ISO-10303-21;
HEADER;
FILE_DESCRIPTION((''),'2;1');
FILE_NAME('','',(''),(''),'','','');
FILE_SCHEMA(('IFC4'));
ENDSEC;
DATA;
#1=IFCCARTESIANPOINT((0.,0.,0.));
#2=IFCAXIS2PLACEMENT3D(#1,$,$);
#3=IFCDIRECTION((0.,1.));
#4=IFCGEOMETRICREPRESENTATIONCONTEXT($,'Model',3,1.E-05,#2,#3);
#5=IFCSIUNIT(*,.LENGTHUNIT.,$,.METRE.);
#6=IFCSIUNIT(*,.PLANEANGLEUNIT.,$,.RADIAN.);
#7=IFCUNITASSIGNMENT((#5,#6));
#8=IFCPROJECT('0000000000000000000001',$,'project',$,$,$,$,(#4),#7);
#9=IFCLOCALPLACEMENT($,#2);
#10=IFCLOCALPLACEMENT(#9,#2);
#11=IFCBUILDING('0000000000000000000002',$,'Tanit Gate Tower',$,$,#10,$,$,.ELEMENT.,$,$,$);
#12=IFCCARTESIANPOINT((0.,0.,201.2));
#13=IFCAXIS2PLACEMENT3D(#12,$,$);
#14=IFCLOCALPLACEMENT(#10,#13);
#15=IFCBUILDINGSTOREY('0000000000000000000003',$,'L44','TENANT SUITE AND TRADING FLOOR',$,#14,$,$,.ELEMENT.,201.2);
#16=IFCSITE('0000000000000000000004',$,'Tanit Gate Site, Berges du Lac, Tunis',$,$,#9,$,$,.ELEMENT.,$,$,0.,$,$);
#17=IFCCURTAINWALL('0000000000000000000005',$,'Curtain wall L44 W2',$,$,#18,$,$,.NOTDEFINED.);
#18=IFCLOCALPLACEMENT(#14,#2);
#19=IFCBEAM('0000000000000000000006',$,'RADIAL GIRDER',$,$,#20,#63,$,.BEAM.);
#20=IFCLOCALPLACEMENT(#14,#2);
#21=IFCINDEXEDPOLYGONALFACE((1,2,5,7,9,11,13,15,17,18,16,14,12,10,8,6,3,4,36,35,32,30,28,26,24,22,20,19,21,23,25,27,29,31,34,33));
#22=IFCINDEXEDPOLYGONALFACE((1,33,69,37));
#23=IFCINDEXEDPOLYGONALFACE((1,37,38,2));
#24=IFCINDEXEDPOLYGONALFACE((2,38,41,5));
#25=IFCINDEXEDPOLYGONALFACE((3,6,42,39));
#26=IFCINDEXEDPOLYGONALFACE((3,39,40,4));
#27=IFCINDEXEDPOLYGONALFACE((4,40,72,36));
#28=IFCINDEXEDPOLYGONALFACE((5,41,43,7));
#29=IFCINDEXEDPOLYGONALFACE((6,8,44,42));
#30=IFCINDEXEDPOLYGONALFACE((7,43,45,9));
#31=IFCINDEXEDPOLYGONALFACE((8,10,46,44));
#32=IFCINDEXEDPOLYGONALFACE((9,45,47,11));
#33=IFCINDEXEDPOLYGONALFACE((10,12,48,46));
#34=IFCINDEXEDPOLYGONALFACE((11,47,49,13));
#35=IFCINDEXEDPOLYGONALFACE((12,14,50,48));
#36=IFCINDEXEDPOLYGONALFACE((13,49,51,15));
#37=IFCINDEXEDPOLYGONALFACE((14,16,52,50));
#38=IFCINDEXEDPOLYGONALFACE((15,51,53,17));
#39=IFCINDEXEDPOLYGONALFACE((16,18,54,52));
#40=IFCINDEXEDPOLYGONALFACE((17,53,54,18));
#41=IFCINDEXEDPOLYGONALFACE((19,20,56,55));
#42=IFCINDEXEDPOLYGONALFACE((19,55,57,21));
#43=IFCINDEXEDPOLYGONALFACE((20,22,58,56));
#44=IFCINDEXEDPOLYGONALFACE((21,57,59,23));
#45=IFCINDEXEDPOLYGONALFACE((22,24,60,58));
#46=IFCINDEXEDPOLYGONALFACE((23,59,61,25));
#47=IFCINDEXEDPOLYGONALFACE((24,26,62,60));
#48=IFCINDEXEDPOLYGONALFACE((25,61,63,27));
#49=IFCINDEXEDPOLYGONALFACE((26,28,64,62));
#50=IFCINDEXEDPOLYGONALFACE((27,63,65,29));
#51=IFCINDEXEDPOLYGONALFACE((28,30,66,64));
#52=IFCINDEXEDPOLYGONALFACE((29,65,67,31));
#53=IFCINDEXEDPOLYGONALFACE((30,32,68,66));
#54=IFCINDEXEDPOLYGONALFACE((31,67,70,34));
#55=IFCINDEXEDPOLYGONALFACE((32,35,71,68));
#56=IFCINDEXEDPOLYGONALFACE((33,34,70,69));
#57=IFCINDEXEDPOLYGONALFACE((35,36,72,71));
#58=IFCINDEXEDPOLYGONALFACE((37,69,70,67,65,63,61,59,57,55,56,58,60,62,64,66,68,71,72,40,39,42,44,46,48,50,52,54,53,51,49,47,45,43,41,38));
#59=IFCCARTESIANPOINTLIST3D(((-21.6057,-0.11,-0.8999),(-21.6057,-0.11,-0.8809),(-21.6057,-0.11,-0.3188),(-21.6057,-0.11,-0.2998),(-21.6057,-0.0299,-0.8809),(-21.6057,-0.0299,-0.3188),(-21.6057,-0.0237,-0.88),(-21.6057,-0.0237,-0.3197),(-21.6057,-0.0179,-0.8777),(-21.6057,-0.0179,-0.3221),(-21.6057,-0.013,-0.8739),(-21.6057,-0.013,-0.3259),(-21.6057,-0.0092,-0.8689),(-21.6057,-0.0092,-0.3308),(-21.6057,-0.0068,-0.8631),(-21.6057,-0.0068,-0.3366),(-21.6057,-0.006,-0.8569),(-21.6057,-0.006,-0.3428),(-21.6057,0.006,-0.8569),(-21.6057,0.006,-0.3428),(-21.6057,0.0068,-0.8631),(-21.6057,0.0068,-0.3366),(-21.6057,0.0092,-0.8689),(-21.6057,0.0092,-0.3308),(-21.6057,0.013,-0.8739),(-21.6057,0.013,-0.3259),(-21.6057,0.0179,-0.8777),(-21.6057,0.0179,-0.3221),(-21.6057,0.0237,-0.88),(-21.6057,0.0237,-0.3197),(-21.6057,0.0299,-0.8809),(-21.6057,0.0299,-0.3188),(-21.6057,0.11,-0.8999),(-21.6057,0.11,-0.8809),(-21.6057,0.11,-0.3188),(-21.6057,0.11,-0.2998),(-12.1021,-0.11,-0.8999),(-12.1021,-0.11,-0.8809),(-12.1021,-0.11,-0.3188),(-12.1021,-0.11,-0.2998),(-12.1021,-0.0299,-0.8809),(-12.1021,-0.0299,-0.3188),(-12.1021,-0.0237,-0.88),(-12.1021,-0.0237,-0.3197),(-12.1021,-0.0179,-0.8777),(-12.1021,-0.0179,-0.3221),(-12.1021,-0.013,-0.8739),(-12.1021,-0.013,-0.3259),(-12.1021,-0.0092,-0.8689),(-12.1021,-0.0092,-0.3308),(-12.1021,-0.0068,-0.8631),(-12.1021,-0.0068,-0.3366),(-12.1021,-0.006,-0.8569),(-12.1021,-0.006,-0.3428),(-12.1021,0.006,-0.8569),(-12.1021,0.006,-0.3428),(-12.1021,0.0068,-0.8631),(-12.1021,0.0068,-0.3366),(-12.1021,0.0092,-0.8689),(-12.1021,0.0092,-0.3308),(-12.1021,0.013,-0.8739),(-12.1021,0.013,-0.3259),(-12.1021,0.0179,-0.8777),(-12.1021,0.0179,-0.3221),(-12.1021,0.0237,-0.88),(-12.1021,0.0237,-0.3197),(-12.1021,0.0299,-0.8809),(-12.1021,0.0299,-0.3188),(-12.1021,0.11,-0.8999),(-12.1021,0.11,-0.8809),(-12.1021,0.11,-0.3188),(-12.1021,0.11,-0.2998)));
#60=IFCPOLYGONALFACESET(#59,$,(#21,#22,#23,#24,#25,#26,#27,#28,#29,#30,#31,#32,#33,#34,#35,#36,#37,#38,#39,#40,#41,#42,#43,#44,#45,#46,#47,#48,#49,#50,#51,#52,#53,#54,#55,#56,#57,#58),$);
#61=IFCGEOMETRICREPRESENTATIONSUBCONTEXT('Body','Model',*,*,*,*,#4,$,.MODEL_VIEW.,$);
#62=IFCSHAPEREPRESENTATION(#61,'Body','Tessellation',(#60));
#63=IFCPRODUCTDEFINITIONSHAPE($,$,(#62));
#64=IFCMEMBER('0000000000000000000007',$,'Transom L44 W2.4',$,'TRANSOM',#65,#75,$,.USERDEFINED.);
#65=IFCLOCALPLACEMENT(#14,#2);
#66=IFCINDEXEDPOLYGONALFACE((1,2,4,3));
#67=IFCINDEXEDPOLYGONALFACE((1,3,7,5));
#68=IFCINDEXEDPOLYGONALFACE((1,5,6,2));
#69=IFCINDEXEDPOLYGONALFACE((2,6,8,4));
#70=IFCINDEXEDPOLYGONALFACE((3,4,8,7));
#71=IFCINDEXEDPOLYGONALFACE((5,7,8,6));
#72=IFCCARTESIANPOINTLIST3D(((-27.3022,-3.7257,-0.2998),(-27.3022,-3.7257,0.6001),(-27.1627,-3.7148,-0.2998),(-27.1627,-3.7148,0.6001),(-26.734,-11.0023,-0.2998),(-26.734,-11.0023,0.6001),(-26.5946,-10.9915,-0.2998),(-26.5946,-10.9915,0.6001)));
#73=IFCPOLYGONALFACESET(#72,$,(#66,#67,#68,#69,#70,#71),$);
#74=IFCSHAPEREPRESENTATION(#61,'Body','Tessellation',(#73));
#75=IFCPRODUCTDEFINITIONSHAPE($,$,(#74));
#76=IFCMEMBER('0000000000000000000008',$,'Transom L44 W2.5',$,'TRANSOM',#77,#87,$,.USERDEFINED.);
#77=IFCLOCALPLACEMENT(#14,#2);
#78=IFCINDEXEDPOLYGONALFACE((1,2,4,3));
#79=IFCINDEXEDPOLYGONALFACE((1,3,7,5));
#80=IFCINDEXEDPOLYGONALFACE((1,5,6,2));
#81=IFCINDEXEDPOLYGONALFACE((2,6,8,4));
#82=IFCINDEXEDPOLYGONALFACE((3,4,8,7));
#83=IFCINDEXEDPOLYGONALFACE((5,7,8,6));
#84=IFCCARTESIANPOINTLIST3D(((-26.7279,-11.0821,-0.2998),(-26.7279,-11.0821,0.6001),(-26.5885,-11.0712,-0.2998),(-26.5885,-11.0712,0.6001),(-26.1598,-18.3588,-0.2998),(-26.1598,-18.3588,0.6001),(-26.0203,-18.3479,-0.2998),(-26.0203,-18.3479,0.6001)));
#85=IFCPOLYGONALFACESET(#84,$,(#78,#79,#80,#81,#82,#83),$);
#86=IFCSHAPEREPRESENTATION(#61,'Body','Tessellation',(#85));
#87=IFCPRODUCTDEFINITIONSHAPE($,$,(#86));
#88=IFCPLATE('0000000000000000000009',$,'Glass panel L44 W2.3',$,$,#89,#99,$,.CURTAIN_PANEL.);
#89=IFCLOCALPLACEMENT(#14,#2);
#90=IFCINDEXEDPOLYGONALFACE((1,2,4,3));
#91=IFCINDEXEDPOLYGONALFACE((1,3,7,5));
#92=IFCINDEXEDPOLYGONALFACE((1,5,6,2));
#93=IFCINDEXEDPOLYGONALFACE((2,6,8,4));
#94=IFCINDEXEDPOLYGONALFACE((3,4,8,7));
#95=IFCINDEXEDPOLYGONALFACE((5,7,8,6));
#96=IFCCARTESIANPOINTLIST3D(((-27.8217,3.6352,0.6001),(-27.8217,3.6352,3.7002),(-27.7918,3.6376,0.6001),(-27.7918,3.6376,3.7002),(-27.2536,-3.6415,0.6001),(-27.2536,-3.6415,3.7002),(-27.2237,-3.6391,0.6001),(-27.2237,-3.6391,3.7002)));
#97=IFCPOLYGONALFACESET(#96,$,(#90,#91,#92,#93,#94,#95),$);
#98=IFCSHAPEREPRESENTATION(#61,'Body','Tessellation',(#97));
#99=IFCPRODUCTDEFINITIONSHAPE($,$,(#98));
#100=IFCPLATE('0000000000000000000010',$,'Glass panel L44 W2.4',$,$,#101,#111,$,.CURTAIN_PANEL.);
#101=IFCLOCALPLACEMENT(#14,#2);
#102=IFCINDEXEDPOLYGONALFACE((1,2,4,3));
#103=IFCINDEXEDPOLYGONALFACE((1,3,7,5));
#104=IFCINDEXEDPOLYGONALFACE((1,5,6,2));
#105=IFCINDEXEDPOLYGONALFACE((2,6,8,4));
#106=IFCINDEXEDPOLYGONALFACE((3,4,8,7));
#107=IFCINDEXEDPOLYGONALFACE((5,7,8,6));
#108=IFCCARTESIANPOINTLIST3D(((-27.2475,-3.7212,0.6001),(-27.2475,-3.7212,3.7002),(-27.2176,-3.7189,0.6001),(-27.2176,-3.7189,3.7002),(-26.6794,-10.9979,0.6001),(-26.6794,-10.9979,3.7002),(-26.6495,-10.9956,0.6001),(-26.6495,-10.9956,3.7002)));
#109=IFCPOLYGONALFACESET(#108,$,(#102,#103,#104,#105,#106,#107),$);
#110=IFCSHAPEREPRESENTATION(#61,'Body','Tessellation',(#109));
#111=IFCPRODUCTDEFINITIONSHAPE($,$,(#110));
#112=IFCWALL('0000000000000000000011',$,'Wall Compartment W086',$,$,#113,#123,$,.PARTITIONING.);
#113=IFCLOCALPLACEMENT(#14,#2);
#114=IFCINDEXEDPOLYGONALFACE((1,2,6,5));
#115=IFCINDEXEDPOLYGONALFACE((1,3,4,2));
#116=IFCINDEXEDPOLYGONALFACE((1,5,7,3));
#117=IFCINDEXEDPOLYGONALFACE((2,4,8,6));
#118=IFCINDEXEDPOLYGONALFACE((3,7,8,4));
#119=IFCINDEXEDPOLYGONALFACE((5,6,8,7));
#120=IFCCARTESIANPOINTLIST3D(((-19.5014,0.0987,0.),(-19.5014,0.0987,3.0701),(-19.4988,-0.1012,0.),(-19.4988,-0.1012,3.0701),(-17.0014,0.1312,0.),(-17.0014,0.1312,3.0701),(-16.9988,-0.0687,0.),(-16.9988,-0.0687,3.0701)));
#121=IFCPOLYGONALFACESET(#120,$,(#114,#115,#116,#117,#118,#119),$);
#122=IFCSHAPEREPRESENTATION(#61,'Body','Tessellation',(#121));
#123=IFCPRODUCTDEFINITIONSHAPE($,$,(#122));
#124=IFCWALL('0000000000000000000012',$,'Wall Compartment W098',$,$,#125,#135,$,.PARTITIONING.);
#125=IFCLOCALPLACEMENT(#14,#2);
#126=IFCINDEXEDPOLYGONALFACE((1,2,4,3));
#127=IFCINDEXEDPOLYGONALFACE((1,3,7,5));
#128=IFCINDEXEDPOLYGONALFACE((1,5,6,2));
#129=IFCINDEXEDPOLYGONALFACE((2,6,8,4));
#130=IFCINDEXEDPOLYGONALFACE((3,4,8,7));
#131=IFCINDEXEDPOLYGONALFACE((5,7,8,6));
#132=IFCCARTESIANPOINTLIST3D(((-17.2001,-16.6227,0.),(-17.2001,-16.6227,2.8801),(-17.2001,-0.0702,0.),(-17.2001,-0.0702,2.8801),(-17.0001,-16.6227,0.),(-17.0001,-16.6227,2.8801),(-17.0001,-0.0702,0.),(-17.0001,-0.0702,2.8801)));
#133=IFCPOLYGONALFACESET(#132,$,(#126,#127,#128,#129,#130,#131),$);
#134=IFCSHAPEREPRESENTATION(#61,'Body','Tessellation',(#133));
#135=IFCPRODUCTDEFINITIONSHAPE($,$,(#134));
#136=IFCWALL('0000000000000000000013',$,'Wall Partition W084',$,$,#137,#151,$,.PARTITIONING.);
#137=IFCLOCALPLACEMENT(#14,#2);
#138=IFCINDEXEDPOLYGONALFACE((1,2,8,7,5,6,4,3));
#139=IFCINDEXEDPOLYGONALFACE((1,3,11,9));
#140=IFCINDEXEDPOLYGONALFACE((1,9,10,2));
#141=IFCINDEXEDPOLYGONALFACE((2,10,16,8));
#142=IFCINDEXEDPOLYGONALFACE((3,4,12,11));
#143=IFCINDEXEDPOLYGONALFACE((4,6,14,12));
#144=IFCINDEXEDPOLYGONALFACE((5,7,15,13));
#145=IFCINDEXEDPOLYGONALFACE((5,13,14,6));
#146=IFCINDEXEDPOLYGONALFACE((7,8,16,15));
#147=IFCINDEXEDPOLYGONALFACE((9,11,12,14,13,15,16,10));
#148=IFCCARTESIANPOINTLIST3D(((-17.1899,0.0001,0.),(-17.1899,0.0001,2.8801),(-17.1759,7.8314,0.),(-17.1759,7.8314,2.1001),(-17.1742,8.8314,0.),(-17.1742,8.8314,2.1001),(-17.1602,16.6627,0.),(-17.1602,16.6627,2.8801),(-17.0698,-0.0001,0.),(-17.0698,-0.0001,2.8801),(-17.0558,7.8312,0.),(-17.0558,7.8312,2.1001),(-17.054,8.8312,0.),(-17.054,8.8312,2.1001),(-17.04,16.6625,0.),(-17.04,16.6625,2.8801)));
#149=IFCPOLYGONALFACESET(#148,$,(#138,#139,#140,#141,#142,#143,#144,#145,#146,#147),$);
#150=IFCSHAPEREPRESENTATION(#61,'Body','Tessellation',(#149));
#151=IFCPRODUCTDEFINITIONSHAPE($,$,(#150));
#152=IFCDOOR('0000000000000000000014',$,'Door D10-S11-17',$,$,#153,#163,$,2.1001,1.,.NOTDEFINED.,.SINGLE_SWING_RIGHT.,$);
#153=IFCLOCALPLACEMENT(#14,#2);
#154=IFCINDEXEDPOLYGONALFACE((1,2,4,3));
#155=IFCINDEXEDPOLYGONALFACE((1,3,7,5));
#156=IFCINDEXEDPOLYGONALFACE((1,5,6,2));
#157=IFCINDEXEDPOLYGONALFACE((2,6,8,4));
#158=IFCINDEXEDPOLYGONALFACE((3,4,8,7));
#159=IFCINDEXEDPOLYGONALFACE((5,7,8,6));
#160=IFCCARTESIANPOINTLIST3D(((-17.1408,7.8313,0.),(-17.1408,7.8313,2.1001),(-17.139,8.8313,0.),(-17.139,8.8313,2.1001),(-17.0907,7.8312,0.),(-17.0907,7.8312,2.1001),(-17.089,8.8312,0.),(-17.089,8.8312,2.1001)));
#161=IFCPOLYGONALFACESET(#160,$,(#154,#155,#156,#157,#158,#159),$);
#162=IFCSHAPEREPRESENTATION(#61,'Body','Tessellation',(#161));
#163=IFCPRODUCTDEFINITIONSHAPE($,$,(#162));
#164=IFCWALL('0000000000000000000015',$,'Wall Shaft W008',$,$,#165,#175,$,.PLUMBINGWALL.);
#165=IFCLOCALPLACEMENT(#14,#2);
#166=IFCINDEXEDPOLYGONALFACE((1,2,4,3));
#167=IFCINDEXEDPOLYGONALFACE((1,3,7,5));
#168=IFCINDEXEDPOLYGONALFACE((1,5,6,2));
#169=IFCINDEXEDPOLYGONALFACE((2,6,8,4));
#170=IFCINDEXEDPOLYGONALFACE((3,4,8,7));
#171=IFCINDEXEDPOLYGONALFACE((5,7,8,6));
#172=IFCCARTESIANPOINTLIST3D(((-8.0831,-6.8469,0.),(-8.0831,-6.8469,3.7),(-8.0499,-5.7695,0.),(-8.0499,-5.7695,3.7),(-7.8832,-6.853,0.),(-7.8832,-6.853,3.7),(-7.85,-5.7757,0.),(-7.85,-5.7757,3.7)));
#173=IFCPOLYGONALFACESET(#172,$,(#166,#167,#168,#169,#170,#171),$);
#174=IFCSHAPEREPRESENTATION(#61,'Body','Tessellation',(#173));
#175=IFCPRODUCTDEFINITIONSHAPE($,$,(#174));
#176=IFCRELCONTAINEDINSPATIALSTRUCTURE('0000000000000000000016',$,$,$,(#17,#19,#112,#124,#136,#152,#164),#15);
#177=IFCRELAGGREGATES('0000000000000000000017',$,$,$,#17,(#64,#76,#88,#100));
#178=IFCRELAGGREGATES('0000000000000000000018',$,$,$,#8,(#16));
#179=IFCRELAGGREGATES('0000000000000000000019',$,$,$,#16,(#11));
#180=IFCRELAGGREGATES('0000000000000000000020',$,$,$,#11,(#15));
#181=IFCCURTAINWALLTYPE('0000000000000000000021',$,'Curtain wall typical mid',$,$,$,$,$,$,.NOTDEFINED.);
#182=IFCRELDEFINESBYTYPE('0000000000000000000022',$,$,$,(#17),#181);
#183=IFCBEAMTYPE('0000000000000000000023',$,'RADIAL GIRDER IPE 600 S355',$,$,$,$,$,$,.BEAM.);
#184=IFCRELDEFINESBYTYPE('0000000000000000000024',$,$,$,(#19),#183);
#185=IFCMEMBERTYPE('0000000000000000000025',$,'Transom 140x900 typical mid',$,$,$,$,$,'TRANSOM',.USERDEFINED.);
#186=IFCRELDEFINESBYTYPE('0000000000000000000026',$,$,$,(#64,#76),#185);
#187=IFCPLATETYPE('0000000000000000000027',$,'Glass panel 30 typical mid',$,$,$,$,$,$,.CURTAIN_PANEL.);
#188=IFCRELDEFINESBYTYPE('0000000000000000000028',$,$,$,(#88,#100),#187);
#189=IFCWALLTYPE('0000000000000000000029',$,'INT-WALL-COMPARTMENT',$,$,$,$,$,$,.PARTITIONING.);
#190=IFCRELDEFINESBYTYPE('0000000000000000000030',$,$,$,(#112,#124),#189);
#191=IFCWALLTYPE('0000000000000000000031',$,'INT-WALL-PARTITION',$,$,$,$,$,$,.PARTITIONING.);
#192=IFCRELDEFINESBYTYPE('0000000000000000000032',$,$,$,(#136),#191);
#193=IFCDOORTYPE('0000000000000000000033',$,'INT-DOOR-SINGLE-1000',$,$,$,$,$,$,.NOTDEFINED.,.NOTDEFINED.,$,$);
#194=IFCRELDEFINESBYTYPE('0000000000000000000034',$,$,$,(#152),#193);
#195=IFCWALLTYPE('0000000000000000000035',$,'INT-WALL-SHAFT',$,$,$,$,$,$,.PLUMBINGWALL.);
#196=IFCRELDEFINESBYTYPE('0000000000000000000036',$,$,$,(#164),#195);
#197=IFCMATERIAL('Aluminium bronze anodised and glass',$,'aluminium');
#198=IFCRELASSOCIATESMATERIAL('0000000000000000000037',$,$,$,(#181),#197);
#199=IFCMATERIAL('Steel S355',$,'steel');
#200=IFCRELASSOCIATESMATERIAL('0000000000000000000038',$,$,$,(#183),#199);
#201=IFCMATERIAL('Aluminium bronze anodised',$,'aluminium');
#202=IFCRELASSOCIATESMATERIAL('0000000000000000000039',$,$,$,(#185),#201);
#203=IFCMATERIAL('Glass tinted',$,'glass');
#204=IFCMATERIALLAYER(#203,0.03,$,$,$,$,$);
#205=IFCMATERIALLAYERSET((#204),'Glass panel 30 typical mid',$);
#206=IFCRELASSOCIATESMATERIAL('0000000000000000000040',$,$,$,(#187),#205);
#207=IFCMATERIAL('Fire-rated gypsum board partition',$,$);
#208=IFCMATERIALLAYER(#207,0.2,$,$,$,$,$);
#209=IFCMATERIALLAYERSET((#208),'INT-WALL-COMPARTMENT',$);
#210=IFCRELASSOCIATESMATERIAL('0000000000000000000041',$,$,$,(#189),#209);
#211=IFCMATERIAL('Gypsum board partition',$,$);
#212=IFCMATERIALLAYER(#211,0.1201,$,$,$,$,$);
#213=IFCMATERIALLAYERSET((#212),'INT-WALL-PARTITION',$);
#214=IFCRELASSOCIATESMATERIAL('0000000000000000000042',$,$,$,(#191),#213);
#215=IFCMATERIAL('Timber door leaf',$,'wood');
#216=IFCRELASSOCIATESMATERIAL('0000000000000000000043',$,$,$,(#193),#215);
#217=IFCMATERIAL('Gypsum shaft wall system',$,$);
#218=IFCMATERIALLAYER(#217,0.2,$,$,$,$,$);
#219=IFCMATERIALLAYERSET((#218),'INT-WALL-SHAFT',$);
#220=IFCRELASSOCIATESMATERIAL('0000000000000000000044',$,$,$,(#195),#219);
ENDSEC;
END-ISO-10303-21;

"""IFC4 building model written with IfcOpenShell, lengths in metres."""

from ifc_helpers import new_model, si_unit, direction, frame, frame_2d, origin, origin_2d, place, context, subcontext, project, spatial, rectangle, i_section, extrude, material, layer, layer_set, material_profile, profile_set, type_object, element, fill, aggregate, save


model = new_model("IFC4")

# Units and contexts
model_context = context("Model", 3, precision=1e-05, world=origin(), true_north=direction((0.0, 1.0)))
body_context = subcontext(model_context, "Body", "Model", "MODEL_VIEW")
ifc_project = project(units=[si_unit("LENGTHUNIT", "METRE"), si_unit("PLANEANGLEUNIT", "RADIAN")], contexts=[model_context])

# Site, building, storey
site_placement = place(None, origin())
site = spatial("IfcSite", under=ifc_project, at=site_placement, Name="Tanit Gate Site, Berges du Lac, Tunis", CompositionType="ELEMENT", RefElevation=0.0)
building_placement = place(site_placement, origin())
building = spatial("IfcBuilding", under=site, at=building_placement, Name="Tanit Gate Tower", CompositionType="ELEMENT")
storey_placement = place(building_placement, frame((0.0, 0.0, 201.2)))
storey = spatial("IfcBuildingStorey", under=building, at=storey_placement, Name="L44", Description="TENANT SUITE AND TRADING FLOOR", CompositionType="ELEMENT", Elevation=201.2)

# Curtain wall
ifc_material_1 = material(Name="Aluminium bronze anodised and glass", Category="aluminium")
curtain_wall_type = type_object("IfcCurtainWallType", Name="Curtain wall typical mid", PredefinedType="NOTDEFINED", material=ifc_material_1)
curtain_wall_placement = place(storey_placement, origin())
curtain_wall = element("IfcCurtainWall", 1, at=curtain_wall_placement, inside=storey, type_object=curtain_wall_type, Name="Curtain wall L44 W2", PredefinedType="NOTDEFINED")

# Beam
ifc_material_2 = material(Name="Steel S355", Category="steel")
ifc_material_profile_1 = material_profile(ifc_material_2, i_section(OverallWidth=0.22, OverallDepth=0.6001, WebThickness=0.012, FlangeThickness=0.019, FilletRadius=0.0239, at=origin_2d()), Name="IPE 600")
ifc_profile_set_1 = profile_set([ifc_material_profile_1], Name="Steel S355")
beam_type_1 = type_object("IfcBeamType", Name="RADIAL GIRDER IPE 600 S355", PredefinedType="BEAM", material=ifc_profile_set_1)
beam_1_placement = place(storey_placement, frame((-21.6057, 0.0, -0.5999), z_axis=(1.0, 0.0, 0.0), x_axis=(0.0, 1.0, 0.0)))
element("IfcBeam", 2, at=beam_1_placement, inside=storey, type_object=beam_type_1, Name="RADIAL GIRDER", PredefinedType="BEAM", context=body_context, shape_type="SweptSolid", body=[
    extrude(i_section(OverallWidth=0.22, OverallDepth=0.6001, WebThickness=0.012, FlangeThickness=0.019, FilletRadius=0.0239, at=origin_2d()), origin(), (0.0, 0.0, 1.0), 9.5037),
])

# Members
ifc_material_3 = material(Name="Aluminium bronze anodised", Category="aluminium")
ifc_material_profile_2 = material_profile(ifc_material_3, rectangle(XDim=0.1399, YDim=0.8999, at=origin_2d()), Name="140x900 bronze transom")
ifc_profile_set_2 = profile_set([ifc_material_profile_2], Name="Aluminium bronze anodised")
member_type_1 = type_object("IfcMemberType", Name="Transom 140x900 typical mid", ElementType="TRANSOM", PredefinedType="USERDEFINED", material=ifc_profile_set_2)
member_1_placement = place(storey_placement, frame((-27.2324, -3.7202, 0.1501), z_axis=(0.077837, -0.996966, 0.0), x_axis=(0.996966, 0.077837, 0.0)))
member_1 = element("IfcMember", 3, at=member_1_placement, type_object=member_type_1, Name="Transom L44 W2.4", ObjectType="TRANSOM", PredefinedType="USERDEFINED", context=body_context, shape_type="SweptSolid", body=[
    extrude(rectangle(XDim=0.1399, YDim=0.8999, at=origin_2d()), origin(), (0.0, 0.0, 1.0), 7.2988),
])
member_2_placement = place(storey_placement, frame((-26.6582, -11.0767, 0.1501), z_axis=(0.077837, -0.996966, 0.0), x_axis=(0.996966, 0.077837, 0.0)))
member_2 = element("IfcMember", 4, at=member_2_placement, type_object=member_type_1, Name="Transom L44 W2.5", ObjectType="TRANSOM", PredefinedType="USERDEFINED", context=body_context, shape_type="SweptSolid", body=[
    extrude(rectangle(XDim=0.1399, YDim=0.8999, at=origin_2d()), origin(), (0.0, 0.0, 1.0), 7.2988),
])

# Plates
ifc_material_4 = material(Name="Glass tinted", Category="glass")
ifc_layer_1 = layer(ifc_material_4, 0.03)
ifc_layer_set_1 = layer_set([ifc_layer_1], Name="Glass panel 30 typical mid")
plate_type = type_object("IfcPlateType", Name="Glass panel 30 typical mid", PredefinedType="CURTAIN_PANEL", material=ifc_layer_set_1)
plate_1_placement = place(storey_placement, frame((-27.5227, -0.002, 0.6001), z_axis=(0.0, 0.0, 1.0), x_axis=(0.077839, -0.996966, 0.0)))
plate_1 = element("IfcPlate", 5, at=plate_1_placement, type_object=plate_type, Name="Glass panel L44 W2.3", PredefinedType="CURTAIN_PANEL", context=body_context, shape_type="SweptSolid", body=[
    extrude(rectangle(XDim=7.2988, YDim=0.03, at=origin_2d()), origin(), (0.0, 0.0, 1.0), 3.1001),
])
plate_2_placement = place(storey_placement, frame((-26.9485, -7.3584, 0.6001), z_axis=(0.0, 0.0, 1.0), x_axis=(0.077839, -0.996966, 0.0)))
plate_2 = element("IfcPlate", 6, at=plate_2_placement, type_object=plate_type, Name="Glass panel L44 W2.4", PredefinedType="CURTAIN_PANEL", context=body_context, shape_type="SweptSolid", body=[
    extrude(rectangle(XDim=7.2988, YDim=0.03, at=origin_2d()), origin(), (0.0, 0.0, 1.0), 3.1001),
])
aggregate(curtain_wall, [member_1, member_2, plate_1, plate_2])

# Walls
ifc_material_5 = material(Name="Fire-rated gypsum board partition")
ifc_layer_2 = layer(ifc_material_5, 0.2)
ifc_layer_set_2 = layer_set([ifc_layer_2], Name="INT-WALL-COMPARTMENT")
wall_type_1 = type_object("IfcWallType", Name="INT-WALL-COMPARTMENT", PredefinedType="PARTITIONING", material=ifc_layer_set_2)
wall_1_placement = place(storey_placement, frame((-19.5, -0.0012, 0.0), z_axis=(0.0, 0.0, 1.0), x_axis=(0.999916, 0.012987, 0.0)))
element("IfcWall", 7, at=wall_1_placement, inside=storey, type_object=wall_type_1, Name="Wall Compartment W086", PredefinedType="PARTITIONING", context=body_context, shape_type="SweptSolid", body=[
    extrude(rectangle(XDim=2.5002, YDim=0.2, at=frame_2d((1.25, 0.0))), origin(), (0.0, 0.0, 1.0), 3.0701),
])
wall_2_placement = place(storey_placement, frame((-17.1001, -0.0701, 0.0), z_axis=(0.0, 0.0, 1.0), x_axis=(0.0, -1.0, 0.0)))
element("IfcWall", 8, at=wall_2_placement, inside=storey, type_object=wall_type_1, Name="Wall Compartment W098", PredefinedType="PARTITIONING", context=body_context, shape_type="SweptSolid", body=[
    extrude(rectangle(XDim=16.5525, YDim=0.2, at=frame_2d((8.2764, 0.0))), origin(), (0.0, 0.0, 1.0), 2.8801),
])

# Wall, opening, door
ifc_material_6 = material(Name="Gypsum board partition")
ifc_layer_3 = layer(ifc_material_6, 0.1201)
ifc_layer_set_3 = layer_set([ifc_layer_3], Name="INT-WALL-PARTITION")
wall_type_2 = type_object("IfcWallType", Name="INT-WALL-PARTITION", PredefinedType="PARTITIONING", material=ifc_layer_set_3)
wall_3_placement = place(storey_placement, frame((-17.1299, 0.0, 0.0), z_axis=(0.0, 0.0, 1.0), x_axis=(0.001788, 0.999998, 0.0)))
wall_3 = element("IfcWall", 9, at=wall_3_placement, inside=storey, type_object=wall_type_2, Name="Wall Partition W084", PredefinedType="PARTITIONING", context=body_context, shape_type="SweptSolid", body=[
    extrude(rectangle(XDim=16.6626, YDim=0.1201, at=frame_2d((8.3313, 0.0))), origin(), (0.0, 0.0, 1.0), 2.8801),
])
opening_placement = place(wall_3_placement, frame((7.8313, 0.0, 0.0)))
opening = element("IfcOpeningElement", 10, at=opening_placement, cuts=wall_3, PredefinedType="OPENING", context=body_context, shape_type="SweptSolid", body=[
    extrude(rectangle(XDim=1.0, YDim=2.1001, at=frame_2d((0.5, 1.05))), frame((0.0, 0.0701, 0.0), z_axis=(0.0, -1.0, 0.0), x_axis=(1.0, 0.0, 0.0)), (0.0, 0.0, 1.0), 0.1401),
])
ifc_material_7 = material(Name="Timber door leaf", Category="wood")
door_type = type_object("IfcDoorType", Name="INT-DOOR-SINGLE-1000", OperationType="NOTDEFINED", PredefinedType="NOTDEFINED", material=ifc_material_7)
door_placement = place(opening_placement, origin())
door = element("IfcDoor", 11, at=door_placement, inside=storey, type_object=door_type, Name="Door D10-S11-17", OperationType="SINGLE_SWING_RIGHT", OverallHeight=2.1001, OverallWidth=1.0, PredefinedType="NOTDEFINED", context=body_context, shape_type="SweptSolid", body=[
    extrude(rectangle(XDim=1.0, YDim=2.1001, at=frame_2d((0.5, 1.05))), frame((0.0, 0.0249, 0.0), z_axis=(0.0, -1.0, 0.0), x_axis=(1.0, 0.0, 0.0)), (0.0, 0.0, 1.0), 0.05),
])
fill(opening, door)

# Wall
ifc_material_8 = material(Name="Gypsum shaft wall system")
ifc_layer_4 = layer(ifc_material_8, 0.2)
ifc_layer_set_4 = layer_set([ifc_layer_4], Name="INT-WALL-SHAFT")
wall_type_3 = type_object("IfcWallType", Name="INT-WALL-SHAFT", PredefinedType="PLUMBINGWALL", material=ifc_layer_set_4)
wall_4_placement = place(storey_placement, frame((-7.95, -5.7725, 0.0), z_axis=(0.0, 0.0, 1.0), x_axis=(-0.030803, -0.999525, 0.0)))
element("IfcWall", 12, at=wall_4_placement, inside=storey, type_object=wall_type_3, Name="Wall Shaft W008", PredefinedType="PLUMBINGWALL", context=body_context, shape_type="SweptSolid", body=[
    extrude(rectangle(XDim=1.0779, YDim=0.2, at=frame_2d((0.5391, 0.0))), origin(), (0.0, 0.0, 1.0), 3.7),
])

save(model, "model.ifc")
